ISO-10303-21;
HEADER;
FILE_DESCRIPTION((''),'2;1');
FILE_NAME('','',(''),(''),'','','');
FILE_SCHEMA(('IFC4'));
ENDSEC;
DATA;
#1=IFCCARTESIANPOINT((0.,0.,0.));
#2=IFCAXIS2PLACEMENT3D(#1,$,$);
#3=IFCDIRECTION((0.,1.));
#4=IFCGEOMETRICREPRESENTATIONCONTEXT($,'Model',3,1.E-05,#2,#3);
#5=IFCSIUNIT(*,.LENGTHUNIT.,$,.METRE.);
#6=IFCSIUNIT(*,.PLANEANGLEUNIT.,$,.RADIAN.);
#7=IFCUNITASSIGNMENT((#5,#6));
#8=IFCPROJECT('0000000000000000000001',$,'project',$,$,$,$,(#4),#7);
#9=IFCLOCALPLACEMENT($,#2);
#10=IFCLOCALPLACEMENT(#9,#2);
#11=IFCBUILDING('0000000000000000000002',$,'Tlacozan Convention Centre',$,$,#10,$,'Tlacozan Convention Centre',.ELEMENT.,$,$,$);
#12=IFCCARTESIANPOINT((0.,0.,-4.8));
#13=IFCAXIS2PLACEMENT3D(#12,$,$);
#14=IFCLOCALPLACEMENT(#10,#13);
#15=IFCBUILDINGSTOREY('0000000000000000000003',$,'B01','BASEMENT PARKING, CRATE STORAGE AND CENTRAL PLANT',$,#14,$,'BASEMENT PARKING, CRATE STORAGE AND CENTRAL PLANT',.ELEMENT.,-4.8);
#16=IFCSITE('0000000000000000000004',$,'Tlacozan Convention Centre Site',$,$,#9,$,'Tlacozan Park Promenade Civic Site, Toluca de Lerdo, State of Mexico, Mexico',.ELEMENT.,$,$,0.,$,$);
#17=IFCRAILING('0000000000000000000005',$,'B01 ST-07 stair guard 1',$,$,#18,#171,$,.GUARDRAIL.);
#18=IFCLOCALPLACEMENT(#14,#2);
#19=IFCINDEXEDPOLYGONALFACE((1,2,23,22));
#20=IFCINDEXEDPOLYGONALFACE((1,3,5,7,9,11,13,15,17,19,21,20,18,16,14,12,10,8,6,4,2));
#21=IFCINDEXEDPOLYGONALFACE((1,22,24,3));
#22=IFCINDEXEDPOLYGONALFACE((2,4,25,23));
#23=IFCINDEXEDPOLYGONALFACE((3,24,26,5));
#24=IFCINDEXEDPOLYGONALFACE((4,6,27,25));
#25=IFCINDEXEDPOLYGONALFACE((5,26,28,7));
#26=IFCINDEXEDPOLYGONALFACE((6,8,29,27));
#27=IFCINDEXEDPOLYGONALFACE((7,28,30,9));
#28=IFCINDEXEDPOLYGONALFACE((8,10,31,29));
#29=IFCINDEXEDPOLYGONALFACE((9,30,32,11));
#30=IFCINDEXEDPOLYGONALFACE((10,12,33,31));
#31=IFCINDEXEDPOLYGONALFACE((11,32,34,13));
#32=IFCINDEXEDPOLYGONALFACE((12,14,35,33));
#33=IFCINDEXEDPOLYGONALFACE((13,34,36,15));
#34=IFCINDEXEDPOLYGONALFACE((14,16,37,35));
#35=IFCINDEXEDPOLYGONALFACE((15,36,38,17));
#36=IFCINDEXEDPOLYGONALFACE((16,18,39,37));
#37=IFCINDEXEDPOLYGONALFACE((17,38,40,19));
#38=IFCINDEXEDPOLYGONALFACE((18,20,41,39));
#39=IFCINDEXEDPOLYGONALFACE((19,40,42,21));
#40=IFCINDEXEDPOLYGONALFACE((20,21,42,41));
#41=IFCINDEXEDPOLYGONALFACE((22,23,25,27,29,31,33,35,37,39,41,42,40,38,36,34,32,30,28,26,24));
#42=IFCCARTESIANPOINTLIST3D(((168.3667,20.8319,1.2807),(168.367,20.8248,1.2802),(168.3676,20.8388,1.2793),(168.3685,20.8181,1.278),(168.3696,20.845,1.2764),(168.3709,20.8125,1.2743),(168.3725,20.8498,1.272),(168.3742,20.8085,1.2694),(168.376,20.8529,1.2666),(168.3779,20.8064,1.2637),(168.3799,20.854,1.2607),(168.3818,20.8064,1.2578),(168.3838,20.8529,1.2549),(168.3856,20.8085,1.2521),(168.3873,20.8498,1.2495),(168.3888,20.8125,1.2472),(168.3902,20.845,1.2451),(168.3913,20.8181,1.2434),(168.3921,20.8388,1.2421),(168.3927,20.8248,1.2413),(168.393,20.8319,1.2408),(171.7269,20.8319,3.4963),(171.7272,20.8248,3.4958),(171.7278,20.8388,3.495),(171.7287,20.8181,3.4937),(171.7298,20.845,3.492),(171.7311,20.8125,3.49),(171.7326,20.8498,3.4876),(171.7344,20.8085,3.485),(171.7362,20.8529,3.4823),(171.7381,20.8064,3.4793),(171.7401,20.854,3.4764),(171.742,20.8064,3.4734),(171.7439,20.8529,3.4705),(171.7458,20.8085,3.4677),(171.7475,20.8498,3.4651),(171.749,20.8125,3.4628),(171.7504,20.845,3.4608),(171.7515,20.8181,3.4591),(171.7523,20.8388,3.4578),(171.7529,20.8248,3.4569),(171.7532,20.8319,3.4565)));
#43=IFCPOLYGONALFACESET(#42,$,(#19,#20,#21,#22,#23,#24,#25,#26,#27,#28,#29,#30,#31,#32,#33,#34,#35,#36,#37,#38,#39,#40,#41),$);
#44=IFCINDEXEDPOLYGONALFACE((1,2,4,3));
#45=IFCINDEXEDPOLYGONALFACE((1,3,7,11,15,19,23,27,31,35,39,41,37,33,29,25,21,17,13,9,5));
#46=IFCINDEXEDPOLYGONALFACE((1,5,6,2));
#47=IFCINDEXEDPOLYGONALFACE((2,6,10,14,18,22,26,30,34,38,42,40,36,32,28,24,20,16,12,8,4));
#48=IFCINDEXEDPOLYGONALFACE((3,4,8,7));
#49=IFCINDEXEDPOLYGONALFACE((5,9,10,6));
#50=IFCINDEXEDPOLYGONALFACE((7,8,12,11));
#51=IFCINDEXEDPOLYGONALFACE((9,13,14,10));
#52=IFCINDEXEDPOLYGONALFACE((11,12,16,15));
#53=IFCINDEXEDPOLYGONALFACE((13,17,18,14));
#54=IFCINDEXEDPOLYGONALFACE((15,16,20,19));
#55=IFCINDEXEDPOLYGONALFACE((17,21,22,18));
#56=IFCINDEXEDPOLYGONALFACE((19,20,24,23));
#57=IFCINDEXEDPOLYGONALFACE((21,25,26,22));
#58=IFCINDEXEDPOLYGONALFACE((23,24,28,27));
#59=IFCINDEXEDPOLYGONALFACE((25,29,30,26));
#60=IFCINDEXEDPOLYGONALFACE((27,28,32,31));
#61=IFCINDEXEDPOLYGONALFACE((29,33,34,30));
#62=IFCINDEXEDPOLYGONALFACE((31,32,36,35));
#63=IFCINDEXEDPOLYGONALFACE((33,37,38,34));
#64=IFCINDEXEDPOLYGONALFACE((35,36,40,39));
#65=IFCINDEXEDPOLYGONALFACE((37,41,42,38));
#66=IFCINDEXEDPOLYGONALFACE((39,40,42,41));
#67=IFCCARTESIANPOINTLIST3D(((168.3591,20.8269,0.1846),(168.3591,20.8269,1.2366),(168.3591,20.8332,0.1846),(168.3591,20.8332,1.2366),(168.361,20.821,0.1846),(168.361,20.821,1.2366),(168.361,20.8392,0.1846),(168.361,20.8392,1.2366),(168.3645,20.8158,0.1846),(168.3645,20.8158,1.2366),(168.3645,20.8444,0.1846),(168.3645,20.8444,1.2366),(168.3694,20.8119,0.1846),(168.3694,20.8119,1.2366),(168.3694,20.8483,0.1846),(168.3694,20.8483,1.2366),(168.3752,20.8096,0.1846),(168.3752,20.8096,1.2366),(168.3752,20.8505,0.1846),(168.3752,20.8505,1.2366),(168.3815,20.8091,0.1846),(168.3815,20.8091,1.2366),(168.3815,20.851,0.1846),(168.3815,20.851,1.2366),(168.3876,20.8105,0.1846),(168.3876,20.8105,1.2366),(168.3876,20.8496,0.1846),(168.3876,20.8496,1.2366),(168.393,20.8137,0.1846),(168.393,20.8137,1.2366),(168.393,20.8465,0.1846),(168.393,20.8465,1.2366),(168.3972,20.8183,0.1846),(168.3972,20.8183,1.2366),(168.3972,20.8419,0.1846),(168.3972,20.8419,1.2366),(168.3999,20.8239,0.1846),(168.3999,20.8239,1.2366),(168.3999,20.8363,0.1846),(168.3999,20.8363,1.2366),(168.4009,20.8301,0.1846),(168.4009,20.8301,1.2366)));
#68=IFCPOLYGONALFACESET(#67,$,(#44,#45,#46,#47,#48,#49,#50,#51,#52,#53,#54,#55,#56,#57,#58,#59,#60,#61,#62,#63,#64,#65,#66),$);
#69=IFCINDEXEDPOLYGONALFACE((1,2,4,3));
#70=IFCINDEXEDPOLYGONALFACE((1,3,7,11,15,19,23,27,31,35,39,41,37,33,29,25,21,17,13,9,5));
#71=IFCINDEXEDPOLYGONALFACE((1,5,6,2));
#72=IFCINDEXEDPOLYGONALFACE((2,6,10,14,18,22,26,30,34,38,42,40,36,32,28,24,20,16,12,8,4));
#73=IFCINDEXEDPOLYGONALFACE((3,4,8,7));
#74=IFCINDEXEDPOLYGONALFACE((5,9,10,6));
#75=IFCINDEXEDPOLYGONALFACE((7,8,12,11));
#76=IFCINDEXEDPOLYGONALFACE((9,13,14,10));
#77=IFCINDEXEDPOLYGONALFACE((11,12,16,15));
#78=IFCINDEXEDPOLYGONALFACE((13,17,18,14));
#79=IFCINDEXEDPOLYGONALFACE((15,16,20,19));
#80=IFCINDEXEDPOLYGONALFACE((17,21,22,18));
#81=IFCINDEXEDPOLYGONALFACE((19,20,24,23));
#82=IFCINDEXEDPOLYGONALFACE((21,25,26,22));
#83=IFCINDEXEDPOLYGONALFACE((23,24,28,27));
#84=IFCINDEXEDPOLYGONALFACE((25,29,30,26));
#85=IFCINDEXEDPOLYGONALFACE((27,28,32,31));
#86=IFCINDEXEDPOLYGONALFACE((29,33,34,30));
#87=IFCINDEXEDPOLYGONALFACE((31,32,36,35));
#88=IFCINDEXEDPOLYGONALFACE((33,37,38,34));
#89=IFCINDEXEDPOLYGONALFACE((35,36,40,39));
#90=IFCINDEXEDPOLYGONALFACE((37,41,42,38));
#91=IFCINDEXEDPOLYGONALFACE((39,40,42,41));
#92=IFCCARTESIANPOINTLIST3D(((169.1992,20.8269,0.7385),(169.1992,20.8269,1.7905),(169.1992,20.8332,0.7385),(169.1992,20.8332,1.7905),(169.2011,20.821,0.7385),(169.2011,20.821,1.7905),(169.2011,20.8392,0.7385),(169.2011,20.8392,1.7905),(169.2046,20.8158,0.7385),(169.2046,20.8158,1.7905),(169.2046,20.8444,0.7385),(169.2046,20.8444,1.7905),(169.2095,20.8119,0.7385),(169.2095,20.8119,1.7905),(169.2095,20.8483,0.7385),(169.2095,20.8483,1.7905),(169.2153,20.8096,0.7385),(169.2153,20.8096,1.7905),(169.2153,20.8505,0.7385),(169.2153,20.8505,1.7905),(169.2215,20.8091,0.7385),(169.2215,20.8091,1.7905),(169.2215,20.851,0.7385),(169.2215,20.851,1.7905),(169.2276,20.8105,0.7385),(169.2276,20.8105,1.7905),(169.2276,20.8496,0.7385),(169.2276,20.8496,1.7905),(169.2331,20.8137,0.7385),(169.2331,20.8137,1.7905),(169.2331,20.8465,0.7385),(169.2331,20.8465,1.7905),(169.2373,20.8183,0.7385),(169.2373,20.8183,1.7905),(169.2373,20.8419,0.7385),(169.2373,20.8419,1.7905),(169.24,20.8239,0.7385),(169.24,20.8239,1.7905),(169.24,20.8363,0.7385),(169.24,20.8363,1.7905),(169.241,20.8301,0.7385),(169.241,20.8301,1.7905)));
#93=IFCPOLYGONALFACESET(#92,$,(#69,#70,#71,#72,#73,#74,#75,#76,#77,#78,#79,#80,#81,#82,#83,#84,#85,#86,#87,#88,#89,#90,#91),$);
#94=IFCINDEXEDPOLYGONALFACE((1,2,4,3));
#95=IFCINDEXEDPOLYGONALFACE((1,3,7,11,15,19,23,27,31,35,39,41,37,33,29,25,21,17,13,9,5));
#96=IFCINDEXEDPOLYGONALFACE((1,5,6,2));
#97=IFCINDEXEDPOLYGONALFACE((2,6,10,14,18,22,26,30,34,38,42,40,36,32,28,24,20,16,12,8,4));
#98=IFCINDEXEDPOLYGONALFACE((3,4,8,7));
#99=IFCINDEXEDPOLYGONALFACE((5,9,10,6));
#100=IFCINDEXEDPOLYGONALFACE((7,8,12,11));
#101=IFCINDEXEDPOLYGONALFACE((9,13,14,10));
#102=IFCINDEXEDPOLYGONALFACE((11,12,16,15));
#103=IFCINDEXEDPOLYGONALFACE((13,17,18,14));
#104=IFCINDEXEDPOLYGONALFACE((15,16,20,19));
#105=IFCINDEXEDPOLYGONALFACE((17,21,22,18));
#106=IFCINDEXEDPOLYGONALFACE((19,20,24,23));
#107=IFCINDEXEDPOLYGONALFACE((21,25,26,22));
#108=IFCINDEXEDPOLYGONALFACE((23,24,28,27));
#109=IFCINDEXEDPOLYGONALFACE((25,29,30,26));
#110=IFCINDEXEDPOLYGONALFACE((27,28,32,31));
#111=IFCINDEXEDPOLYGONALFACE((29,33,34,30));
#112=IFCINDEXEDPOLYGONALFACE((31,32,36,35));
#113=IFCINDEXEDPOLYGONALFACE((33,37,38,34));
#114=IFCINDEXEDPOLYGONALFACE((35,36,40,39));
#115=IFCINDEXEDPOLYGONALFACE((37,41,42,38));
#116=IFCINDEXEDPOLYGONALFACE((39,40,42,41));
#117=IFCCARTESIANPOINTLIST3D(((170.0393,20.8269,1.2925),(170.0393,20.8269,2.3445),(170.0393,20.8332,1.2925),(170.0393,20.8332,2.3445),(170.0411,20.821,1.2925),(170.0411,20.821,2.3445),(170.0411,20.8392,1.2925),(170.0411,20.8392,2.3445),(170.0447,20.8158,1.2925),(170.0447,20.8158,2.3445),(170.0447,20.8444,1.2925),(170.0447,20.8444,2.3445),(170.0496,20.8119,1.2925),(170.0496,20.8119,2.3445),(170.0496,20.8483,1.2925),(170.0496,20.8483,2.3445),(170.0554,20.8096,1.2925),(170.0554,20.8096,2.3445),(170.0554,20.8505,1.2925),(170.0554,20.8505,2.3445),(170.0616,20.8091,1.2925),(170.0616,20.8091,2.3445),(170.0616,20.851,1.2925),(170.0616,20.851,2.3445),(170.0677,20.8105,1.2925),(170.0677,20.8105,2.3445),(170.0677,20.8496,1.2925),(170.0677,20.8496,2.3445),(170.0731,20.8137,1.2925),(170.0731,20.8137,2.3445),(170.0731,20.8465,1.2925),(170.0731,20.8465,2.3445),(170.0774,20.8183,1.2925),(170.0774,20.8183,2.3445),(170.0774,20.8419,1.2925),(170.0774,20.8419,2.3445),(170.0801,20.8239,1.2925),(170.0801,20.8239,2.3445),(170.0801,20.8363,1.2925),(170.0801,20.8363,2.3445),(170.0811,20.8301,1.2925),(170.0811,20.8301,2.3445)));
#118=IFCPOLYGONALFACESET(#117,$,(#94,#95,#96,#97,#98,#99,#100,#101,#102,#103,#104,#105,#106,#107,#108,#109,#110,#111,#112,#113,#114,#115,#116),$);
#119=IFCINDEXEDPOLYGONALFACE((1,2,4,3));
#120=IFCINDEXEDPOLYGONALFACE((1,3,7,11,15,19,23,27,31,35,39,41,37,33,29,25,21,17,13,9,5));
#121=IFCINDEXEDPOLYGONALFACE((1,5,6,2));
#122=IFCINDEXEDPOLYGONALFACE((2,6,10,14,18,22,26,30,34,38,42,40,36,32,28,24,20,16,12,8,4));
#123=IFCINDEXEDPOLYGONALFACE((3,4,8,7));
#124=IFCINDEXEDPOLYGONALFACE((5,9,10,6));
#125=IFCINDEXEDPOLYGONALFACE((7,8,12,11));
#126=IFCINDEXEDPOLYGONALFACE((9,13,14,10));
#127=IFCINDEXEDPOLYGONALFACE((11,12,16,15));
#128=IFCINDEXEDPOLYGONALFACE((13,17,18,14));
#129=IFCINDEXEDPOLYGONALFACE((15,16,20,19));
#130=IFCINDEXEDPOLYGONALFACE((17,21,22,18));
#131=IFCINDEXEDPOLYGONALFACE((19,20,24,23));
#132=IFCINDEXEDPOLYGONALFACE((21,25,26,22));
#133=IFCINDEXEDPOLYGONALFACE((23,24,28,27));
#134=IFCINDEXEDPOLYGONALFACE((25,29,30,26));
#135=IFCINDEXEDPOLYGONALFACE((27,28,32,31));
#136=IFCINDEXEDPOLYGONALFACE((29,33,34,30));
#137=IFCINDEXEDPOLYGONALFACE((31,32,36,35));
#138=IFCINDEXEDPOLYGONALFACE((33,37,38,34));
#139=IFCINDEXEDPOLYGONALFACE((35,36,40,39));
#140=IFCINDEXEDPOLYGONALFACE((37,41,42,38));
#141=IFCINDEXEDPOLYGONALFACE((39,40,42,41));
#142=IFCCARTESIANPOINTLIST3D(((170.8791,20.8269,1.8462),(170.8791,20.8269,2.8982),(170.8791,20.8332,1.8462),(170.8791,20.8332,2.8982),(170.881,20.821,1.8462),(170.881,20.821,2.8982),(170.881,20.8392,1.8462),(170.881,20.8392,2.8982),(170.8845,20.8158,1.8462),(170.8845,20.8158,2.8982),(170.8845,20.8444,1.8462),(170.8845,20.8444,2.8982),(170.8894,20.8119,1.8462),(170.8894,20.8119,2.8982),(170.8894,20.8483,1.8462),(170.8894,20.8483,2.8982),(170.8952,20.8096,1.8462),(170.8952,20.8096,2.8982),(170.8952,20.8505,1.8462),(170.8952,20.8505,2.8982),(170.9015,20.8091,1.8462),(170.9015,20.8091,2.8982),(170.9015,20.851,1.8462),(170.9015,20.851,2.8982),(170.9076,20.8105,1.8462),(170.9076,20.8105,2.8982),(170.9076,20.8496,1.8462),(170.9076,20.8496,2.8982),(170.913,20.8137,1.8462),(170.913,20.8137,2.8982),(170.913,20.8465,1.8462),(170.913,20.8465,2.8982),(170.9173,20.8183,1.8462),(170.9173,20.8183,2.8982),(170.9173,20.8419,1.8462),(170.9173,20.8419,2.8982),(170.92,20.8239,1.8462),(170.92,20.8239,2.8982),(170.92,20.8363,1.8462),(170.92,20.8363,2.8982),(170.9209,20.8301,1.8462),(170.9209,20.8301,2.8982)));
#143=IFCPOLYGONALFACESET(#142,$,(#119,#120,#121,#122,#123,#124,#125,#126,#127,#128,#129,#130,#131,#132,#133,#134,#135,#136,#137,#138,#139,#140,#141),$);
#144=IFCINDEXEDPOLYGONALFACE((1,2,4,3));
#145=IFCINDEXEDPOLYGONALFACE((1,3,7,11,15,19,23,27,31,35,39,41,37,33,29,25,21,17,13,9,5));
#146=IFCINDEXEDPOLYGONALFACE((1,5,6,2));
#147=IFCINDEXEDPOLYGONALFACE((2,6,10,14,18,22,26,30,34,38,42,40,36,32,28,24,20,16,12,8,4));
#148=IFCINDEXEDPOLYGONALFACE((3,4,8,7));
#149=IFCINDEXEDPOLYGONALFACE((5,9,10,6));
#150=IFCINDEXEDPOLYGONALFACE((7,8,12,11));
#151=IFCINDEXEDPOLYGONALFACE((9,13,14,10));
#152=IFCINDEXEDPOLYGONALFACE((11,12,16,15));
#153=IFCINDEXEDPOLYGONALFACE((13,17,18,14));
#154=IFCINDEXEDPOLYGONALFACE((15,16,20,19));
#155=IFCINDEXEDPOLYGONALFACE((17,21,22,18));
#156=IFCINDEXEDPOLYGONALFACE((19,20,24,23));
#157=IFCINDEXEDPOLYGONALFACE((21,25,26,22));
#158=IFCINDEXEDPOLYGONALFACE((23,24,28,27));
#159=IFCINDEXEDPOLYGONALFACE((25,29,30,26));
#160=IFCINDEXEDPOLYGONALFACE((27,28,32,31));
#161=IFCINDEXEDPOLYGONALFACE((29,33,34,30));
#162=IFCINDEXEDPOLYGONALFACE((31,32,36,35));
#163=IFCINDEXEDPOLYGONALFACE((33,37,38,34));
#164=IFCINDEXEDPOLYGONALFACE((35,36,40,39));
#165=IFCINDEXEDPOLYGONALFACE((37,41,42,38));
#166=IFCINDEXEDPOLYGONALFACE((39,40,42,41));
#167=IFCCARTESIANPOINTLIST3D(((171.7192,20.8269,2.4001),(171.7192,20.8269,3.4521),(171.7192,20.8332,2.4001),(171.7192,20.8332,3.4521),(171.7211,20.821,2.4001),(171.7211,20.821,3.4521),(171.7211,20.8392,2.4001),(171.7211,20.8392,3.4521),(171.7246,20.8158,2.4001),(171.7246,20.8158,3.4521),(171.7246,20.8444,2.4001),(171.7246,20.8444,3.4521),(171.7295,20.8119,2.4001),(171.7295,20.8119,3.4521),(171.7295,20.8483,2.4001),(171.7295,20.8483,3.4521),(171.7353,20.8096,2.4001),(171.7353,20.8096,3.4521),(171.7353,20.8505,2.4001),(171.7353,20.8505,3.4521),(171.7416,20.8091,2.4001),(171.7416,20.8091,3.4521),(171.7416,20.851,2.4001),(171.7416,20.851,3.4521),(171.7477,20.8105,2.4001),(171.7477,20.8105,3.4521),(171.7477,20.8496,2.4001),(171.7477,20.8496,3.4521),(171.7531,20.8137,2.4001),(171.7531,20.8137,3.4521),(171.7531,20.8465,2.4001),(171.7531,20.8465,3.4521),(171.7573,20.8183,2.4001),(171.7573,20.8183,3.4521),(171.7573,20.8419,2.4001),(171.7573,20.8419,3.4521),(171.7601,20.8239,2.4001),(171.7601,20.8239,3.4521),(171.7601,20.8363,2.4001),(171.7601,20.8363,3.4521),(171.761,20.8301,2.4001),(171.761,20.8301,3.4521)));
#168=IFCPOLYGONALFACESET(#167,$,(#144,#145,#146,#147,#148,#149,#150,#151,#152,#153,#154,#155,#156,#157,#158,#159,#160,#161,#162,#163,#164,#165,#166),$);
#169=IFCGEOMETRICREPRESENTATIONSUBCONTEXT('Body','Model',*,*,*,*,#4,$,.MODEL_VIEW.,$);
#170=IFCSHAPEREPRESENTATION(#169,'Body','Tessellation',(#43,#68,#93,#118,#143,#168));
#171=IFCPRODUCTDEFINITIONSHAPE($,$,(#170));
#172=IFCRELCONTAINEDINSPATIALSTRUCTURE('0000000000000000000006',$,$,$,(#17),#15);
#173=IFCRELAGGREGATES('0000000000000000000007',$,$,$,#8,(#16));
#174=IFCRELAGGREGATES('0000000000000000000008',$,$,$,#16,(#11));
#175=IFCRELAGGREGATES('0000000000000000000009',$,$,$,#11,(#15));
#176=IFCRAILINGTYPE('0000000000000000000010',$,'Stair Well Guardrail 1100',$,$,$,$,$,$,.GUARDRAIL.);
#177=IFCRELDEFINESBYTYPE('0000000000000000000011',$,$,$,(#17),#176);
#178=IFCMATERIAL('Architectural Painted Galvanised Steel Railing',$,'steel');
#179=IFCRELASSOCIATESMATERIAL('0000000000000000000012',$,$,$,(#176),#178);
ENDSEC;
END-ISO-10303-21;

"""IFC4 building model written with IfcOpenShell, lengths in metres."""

from ifc_helpers import new_model, si_unit, direction, frame, origin, origin_2d, place, context, subcontext, project, spatial, circle, extrude, material, type_object, element, save


model = new_model("IFC4")

# Units and contexts
model_context = context("Model", 3, precision=1e-05, world=origin(), true_north=direction((0.0, 1.0)))
body_context = subcontext(model_context, "Body", "Model", "MODEL_VIEW")
ifc_project = project(units=[si_unit("LENGTHUNIT", "METRE"), si_unit("PLANEANGLEUNIT", "RADIAN")], contexts=[model_context])

# Site, building, storey
site_placement = place(None, origin())
site = spatial("IfcSite", under=ifc_project, at=site_placement, Name="Tlacozan Convention Centre Site", LongName="Tlacozan Park Promenade Civic Site, Toluca de Lerdo, State of Mexico, Mexico", CompositionType="ELEMENT", RefElevation=0.0)
building_placement = place(site_placement, origin())
building = spatial("IfcBuilding", under=site, at=building_placement, Name="Tlacozan Convention Centre", LongName="Tlacozan Convention Centre", CompositionType="ELEMENT")
storey_placement = place(building_placement, frame((0.0, 0.0, -4.8)))
storey = spatial("IfcBuildingStorey", under=building, at=storey_placement, Name="B01", Description="BASEMENT PARKING, CRATE STORAGE AND CENTRAL PLANT", LongName="BASEMENT PARKING, CRATE STORAGE AND CENTRAL PLANT", CompositionType="ELEMENT", Elevation=-4.8)

# Railing
ifc_material_1 = material(Name="Architectural Painted Galvanised Steel Railing", Category="steel")
railing_type_1 = type_object("IfcRailingType", Name="Stair Well Guardrail 1100", PredefinedType="GUARDRAIL", material=ifc_material_1)
railing_1_placement = place(storey_placement, frame((168.3799, 20.8301, 0.1846)))
element("IfcRailing", 1, at=railing_1_placement, inside=storey, type_object=railing_type_1, Name="B01 ST-07 stair guard 1", PredefinedType="GUARDRAIL", context=body_context, shape_type="SweptSolid", body=[
    extrude(circle(Radius=0.0239, at=origin_2d()), frame((0.0, 0.0, 1.0762), z_axis=(0.834849, 0.0, 0.55048), x_axis=(0.0, 1.0, 0.0)), (0.0, 0.0, 1.0), 4.0249),
    extrude(circle(Radius=0.021, at=origin_2d()), origin(), (0.0, 0.0, 1.0), 1.052),
    extrude(circle(Radius=0.021, at=origin_2d()), frame((0.8401, 0.0, 0.554)), (0.0, 0.0, 1.0), 1.052),
    extrude(circle(Radius=0.021, at=origin_2d()), frame((1.6802, 0.0, 1.1079)), (0.0, 0.0, 1.0), 1.052),
    extrude(circle(Radius=0.021, at=origin_2d()), frame((2.52, 0.0, 1.6616)), (0.0, 0.0, 1.0), 1.052),
    extrude(circle(Radius=0.021, at=origin_2d()), frame((3.3601, 0.0, 2.2156)), (0.0, 0.0, 1.0), 1.052),
])

save(model, "model.ifc")
